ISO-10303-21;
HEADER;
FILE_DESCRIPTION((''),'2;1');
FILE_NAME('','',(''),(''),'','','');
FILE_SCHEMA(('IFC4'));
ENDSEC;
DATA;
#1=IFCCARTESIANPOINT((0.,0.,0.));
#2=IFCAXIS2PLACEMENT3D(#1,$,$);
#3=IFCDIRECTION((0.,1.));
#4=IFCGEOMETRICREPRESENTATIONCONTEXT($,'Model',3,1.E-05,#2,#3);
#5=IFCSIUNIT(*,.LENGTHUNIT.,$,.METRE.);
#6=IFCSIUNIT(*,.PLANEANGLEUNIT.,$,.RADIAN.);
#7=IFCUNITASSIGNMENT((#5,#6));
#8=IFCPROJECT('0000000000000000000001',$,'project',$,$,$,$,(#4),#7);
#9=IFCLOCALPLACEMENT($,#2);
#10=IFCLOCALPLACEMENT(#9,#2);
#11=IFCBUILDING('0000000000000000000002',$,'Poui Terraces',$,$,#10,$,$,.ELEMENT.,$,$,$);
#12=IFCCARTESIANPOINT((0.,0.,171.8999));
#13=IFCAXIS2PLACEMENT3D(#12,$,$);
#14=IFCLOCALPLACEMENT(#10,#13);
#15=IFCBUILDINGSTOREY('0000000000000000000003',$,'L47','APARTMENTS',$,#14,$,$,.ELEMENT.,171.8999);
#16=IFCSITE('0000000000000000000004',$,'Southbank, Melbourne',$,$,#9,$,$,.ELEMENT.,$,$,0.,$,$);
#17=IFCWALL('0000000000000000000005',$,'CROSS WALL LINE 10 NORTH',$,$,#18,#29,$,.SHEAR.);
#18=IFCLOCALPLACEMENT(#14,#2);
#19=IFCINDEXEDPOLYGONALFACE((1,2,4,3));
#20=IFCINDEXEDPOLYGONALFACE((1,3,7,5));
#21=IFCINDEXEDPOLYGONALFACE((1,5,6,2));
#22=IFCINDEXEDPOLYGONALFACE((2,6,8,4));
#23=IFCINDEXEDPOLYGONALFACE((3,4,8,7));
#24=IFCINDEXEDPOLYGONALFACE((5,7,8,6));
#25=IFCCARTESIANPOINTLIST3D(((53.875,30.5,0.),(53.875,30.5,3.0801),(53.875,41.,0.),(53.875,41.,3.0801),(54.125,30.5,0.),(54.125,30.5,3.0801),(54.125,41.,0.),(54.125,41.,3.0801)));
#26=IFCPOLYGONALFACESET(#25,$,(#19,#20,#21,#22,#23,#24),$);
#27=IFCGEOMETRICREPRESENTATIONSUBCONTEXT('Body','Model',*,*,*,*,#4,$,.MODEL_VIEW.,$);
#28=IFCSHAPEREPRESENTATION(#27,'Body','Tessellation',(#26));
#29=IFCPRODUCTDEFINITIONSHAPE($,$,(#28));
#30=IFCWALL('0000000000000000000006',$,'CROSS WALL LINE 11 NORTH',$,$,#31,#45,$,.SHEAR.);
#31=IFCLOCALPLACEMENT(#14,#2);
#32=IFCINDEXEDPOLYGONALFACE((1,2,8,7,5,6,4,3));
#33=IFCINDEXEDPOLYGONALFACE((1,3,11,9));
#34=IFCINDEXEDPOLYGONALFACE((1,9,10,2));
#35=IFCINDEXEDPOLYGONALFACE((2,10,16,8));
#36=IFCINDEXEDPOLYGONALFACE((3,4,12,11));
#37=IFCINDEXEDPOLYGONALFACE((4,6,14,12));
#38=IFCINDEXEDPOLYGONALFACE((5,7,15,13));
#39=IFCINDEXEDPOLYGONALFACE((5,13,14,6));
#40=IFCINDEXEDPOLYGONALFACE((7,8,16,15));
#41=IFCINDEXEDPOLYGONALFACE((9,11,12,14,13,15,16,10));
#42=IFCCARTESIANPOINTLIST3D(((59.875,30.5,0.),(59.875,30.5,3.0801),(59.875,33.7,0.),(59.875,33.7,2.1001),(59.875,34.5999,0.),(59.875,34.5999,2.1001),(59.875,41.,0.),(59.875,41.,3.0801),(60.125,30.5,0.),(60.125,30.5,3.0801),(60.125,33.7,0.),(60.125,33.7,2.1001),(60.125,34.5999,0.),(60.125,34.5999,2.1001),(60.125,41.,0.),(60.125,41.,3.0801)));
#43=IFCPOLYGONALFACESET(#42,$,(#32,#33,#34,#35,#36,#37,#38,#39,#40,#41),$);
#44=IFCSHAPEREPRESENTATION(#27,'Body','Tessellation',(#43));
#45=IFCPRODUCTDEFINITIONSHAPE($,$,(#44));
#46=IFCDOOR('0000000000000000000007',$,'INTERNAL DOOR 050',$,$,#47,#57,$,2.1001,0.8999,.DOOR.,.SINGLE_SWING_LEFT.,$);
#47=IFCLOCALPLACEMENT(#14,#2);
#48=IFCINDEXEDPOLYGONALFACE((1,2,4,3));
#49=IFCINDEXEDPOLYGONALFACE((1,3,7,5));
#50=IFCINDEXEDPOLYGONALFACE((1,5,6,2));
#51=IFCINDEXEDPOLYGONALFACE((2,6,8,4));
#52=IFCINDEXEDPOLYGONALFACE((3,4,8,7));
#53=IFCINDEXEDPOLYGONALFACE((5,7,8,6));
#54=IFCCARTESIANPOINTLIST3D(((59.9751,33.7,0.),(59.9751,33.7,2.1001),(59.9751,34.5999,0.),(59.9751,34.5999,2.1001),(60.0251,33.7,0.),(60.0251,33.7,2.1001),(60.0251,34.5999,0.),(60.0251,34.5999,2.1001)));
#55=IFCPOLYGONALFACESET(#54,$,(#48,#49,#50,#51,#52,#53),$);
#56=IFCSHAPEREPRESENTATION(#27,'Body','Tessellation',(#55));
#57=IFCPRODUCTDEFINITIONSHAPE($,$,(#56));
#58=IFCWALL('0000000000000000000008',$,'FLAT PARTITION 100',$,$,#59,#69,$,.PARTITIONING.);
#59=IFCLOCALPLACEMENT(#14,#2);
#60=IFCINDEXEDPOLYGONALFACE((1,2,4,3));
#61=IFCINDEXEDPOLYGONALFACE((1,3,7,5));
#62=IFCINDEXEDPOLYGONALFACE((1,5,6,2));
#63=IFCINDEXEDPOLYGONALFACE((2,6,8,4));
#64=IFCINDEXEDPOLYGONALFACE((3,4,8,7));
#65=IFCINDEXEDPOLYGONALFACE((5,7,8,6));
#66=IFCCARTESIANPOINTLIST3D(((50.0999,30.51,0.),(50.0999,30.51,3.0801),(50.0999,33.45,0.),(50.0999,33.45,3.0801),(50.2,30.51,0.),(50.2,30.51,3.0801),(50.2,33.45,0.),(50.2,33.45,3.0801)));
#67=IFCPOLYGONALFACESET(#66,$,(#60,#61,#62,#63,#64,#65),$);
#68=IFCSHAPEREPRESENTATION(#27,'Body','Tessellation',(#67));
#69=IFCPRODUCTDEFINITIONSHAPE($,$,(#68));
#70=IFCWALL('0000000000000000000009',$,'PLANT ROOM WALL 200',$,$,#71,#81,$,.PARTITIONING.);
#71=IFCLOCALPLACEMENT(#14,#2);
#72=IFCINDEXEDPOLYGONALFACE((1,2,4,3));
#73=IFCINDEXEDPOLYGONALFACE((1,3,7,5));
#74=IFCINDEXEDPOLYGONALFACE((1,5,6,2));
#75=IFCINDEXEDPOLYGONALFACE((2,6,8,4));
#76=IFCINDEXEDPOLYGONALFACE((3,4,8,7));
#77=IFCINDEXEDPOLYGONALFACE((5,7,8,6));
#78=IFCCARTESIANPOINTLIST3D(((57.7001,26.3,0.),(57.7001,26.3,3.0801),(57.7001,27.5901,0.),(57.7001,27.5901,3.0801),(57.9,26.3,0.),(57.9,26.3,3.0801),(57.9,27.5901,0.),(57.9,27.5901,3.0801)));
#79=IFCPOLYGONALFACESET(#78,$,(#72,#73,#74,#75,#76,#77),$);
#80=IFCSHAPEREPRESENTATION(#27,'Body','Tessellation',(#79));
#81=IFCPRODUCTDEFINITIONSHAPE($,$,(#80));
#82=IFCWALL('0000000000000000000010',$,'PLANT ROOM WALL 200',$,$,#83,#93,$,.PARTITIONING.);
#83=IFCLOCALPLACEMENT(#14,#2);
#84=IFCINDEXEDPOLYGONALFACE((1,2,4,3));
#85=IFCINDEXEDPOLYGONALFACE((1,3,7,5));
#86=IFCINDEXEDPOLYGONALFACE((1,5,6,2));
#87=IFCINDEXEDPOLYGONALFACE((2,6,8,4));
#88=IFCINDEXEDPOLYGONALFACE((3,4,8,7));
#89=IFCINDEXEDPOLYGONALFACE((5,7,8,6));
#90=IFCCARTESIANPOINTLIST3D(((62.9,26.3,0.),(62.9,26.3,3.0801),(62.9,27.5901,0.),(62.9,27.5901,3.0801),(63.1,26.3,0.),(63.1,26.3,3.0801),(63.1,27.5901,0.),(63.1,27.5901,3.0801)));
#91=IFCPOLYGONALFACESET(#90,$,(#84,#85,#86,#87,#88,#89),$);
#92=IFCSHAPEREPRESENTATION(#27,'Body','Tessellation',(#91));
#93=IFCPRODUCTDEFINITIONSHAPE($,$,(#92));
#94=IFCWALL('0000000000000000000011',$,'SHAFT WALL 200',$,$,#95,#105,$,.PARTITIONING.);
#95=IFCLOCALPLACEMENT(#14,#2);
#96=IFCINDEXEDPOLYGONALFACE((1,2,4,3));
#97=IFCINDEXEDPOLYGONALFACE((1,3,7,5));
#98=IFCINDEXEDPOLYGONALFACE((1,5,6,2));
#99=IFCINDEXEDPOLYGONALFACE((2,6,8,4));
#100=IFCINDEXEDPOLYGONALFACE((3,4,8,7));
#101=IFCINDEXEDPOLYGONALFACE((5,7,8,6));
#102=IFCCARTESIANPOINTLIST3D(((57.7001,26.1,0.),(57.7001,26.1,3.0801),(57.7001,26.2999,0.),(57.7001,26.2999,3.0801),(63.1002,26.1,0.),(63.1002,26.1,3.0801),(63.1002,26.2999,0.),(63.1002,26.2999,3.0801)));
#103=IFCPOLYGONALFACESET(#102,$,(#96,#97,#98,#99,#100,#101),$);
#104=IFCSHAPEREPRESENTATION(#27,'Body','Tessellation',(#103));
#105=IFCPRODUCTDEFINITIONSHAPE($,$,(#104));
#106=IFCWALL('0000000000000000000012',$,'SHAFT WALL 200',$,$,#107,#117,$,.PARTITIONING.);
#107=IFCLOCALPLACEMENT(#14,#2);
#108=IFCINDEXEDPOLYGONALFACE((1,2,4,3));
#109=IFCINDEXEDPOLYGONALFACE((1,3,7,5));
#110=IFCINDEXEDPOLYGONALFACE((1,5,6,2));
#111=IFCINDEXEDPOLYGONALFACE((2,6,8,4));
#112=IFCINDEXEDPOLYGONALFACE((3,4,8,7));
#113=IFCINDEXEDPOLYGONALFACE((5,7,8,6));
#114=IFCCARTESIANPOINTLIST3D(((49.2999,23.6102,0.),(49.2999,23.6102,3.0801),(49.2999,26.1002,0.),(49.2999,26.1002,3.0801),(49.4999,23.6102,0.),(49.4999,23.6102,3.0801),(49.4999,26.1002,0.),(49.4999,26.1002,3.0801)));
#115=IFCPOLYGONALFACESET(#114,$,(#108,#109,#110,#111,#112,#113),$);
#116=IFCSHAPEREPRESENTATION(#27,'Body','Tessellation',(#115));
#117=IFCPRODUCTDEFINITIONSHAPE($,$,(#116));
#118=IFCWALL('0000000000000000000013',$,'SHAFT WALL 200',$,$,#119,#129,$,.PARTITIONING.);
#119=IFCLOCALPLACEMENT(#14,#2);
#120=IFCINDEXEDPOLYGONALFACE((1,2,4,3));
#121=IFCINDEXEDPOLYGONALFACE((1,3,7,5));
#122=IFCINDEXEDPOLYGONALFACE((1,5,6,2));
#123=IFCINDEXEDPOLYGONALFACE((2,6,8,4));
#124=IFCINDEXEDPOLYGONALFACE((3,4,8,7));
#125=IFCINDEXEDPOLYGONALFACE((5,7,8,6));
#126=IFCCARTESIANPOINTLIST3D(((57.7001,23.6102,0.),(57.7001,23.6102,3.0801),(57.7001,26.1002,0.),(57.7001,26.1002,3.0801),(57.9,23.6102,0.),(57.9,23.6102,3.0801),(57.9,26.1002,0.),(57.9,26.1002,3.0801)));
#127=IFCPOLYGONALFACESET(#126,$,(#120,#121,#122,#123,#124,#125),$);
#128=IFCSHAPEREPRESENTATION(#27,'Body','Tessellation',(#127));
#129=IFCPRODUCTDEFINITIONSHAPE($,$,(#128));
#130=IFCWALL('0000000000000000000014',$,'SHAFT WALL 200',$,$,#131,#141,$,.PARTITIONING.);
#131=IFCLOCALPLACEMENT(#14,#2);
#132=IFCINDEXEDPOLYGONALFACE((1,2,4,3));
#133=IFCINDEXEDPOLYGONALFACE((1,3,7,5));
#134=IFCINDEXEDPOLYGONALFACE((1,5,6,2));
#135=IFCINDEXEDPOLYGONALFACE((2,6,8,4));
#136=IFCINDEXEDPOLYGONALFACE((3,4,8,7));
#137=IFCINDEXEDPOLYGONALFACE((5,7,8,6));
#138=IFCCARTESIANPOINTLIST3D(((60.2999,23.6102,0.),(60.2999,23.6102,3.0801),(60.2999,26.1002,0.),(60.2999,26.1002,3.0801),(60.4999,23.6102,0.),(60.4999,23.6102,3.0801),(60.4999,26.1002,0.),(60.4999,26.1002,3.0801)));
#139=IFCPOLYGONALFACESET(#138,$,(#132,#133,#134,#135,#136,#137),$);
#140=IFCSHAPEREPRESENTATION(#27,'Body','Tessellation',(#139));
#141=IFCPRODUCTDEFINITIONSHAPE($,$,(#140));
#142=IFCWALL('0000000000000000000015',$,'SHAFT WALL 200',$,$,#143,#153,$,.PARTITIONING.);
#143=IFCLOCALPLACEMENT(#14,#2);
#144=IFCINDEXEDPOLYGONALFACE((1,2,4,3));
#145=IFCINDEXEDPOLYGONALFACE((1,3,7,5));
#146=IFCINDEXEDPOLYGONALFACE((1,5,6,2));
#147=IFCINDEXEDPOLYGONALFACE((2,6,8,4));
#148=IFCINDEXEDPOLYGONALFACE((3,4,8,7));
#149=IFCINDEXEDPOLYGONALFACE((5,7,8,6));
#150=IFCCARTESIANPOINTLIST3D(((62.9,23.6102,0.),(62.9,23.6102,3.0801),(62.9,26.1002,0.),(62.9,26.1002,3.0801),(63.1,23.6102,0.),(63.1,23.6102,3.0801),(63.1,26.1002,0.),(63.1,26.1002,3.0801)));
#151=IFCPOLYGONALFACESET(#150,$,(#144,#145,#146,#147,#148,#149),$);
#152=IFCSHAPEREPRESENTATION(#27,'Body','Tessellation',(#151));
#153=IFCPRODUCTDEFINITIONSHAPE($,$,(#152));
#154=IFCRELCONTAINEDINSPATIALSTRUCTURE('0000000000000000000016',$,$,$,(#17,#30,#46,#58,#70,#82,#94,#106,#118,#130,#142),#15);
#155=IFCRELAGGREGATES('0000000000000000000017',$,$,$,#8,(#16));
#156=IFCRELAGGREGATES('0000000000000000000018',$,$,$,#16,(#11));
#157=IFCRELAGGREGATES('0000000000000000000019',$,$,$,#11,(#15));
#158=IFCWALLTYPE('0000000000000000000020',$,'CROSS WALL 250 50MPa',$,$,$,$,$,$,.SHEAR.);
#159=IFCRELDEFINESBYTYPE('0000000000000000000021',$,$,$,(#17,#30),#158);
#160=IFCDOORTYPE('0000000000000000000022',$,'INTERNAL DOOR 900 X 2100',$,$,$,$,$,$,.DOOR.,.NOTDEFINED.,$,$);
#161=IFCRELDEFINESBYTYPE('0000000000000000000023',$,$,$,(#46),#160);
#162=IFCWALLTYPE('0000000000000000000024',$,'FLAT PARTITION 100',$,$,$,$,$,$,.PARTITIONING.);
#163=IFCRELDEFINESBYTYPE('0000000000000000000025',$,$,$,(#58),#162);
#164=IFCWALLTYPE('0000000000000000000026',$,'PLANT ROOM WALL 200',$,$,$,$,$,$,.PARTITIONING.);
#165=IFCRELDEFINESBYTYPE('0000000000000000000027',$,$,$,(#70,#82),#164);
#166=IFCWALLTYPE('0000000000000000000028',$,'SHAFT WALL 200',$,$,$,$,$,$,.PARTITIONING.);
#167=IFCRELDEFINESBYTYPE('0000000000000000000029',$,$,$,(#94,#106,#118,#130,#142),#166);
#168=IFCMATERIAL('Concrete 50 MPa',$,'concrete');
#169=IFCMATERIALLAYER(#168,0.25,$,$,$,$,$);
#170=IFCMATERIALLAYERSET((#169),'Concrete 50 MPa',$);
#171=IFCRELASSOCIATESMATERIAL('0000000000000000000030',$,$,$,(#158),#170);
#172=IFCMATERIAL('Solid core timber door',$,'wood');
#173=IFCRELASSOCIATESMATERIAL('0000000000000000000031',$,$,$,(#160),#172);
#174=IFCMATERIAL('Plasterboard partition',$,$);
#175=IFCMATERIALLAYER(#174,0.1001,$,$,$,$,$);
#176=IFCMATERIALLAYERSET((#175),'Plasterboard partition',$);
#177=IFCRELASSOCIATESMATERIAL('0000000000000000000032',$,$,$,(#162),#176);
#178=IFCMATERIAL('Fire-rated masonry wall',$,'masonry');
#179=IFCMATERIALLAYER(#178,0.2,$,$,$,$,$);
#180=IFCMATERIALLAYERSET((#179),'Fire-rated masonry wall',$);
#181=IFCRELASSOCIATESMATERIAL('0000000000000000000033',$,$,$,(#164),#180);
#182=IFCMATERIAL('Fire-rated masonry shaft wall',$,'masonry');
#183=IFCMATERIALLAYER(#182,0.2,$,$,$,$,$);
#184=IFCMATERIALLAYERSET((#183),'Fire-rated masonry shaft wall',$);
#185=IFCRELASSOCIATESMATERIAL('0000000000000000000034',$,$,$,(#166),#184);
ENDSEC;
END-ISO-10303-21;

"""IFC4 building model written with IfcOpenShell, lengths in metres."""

from ifc_helpers import new_model, si_unit, direction, frame, frame_2d, origin, place, context, subcontext, project, spatial, rectangle, extrude, material, layer, layer_set, type_object, element, fill, save


model = new_model("IFC4")

# Units and contexts
model_context = context("Model", 3, precision=1e-05, world=origin(), true_north=direction((0.0, 1.0)))
body_context = subcontext(model_context, "Body", "Model", "MODEL_VIEW")
ifc_project = project(units=[si_unit("LENGTHUNIT", "METRE"), si_unit("PLANEANGLEUNIT", "RADIAN")], contexts=[model_context])

# Site, building, storey
site_placement = place(None, origin())
site = spatial("IfcSite", under=ifc_project, at=site_placement, Name="Southbank, Melbourne", CompositionType="ELEMENT", RefElevation=0.0)
building_placement = place(site_placement, origin())
building = spatial("IfcBuilding", under=site, at=building_placement, Name="Poui Terraces", CompositionType="ELEMENT")
storey_placement = place(building_placement, frame((0.0, 0.0, 171.8999)))
storey = spatial("IfcBuildingStorey", under=building, at=storey_placement, Name="L47", Description="APARTMENTS", CompositionType="ELEMENT", Elevation=171.8999)

# Shared definitions
ifc_material_1 = material(Name="Concrete 50 MPa", Category="concrete")

# Shared definitions
ifc_layer_1 = layer(ifc_material_1, 0.25)
ifc_layer_set_1 = layer_set([ifc_layer_1], Name="Concrete 50 MPa")
wall_type_1 = type_object("IfcWallType", Name="CROSS WALL 250 50MPa", PredefinedType="SHEAR", material=ifc_layer_set_1)
ifc_material_2 = material(Name="Solid core timber door", Category="wood")
door_type_1 = type_object("IfcDoorType", Name="INTERNAL DOOR 900 X 2100", OperationType="NOTDEFINED", PredefinedType="DOOR", material=ifc_material_2)

# Wall
wall_1_placement = place(storey_placement, frame((54.0, 30.5, 0.0), z_axis=(0.0, 0.0, 1.0), x_axis=(0.0, 1.0, 0.0)))
element("IfcWall", 1, at=wall_1_placement, inside=storey, type_object=wall_type_1, Name="CROSS WALL LINE 10 NORTH", PredefinedType="SHEAR", context=body_context, shape_type="SweptSolid", body=[
    extrude(rectangle(XDim=10.5, YDim=0.25, at=frame_2d((5.25, 0.0))), origin(), (0.0, 0.0, 1.0), 3.0801),
])

# Wall, opening, door
wall_2_placement = place(storey_placement, frame((60.0, 30.5, 0.0), z_axis=(0.0, 0.0, 1.0), x_axis=(0.0, 1.0, 0.0)))
wall_2 = element("IfcWall", 2, at=wall_2_placement, inside=storey, type_object=wall_type_1, Name="CROSS WALL LINE 11 NORTH", PredefinedType="SHEAR", context=body_context, shape_type="SweptSolid", body=[
    extrude(rectangle(XDim=10.5, YDim=0.25, at=frame_2d((5.25, 0.0))), origin(), (0.0, 0.0, 1.0), 3.0801),
])
opening_1_placement = place(wall_2_placement, frame((3.2, 0.0, 0.0)))
opening_1 = element("IfcOpeningElement", 3, at=opening_1_placement, cuts=wall_2, PredefinedType="OPENING", context=body_context, shape_type="SweptSolid", body=[
    extrude(rectangle(XDim=0.8999, YDim=2.1001, at=frame_2d((0.45, 1.05))), frame((0.0, 0.135, 0.0), z_axis=(0.0, -1.0, 0.0), x_axis=(1.0, 0.0, 0.0)), (0.0, 0.0, 1.0), 0.27),
])
door_1_placement = place(opening_1_placement, origin())
door_1 = element("IfcDoor", 4, at=door_1_placement, inside=storey, type_object=door_type_1, Name="INTERNAL DOOR 050", OperationType="SINGLE_SWING_LEFT", OverallHeight=2.1001, OverallWidth=0.8999, PredefinedType="DOOR", context=body_context, shape_type="SweptSolid", body=[
    extrude(rectangle(XDim=0.8999, YDim=2.1001, at=frame_2d((0.45, 1.05))), frame((0.0, 0.0249, 0.0), z_axis=(0.0, -1.0, 0.0), x_axis=(1.0, 0.0, 0.0)), (0.0, 0.0, 1.0), 0.05),
])
fill(opening_1, door_1)

# Walls
ifc_material_3 = material(Name="Plasterboard partition")
ifc_layer_2 = layer(ifc_material_3, 0.1001)
ifc_layer_set_2 = layer_set([ifc_layer_2], Name="Plasterboard partition")
wall_type_2 = type_object("IfcWallType", Name="FLAT PARTITION 100", PredefinedType="PARTITIONING", material=ifc_layer_set_2)
wall_3_placement = place(storey_placement, frame((50.1499, 30.51, 0.0), z_axis=(0.0, 0.0, 1.0), x_axis=(0.0, 1.0, 0.0)))
element("IfcWall", 5, at=wall_3_placement, inside=storey, type_object=wall_type_2, Name="FLAT PARTITION 100", PredefinedType="PARTITIONING", context=body_context, shape_type="SweptSolid", body=[
    extrude(rectangle(XDim=2.9399, YDim=0.1001, at=frame_2d((1.47, 0.0))), origin(), (0.0, 0.0, 1.0), 3.0801),
])
ifc_material_4 = material(Name="Fire-rated masonry wall", Category="masonry")
ifc_layer_3 = layer(ifc_material_4, 0.2)
ifc_layer_set_3 = layer_set([ifc_layer_3], Name="Fire-rated masonry wall")
wall_type_3 = type_object("IfcWallType", Name="PLANT ROOM WALL 200", PredefinedType="PARTITIONING", material=ifc_layer_set_3)
for number, where, z_axis, x_axis, name in (
    (6, (57.8, 26.3, 0.0), (0.0, 0.0, 1.0), (0.0, 1.0, 0.0), "PLANT ROOM WALL 200"),
    (7, (63.0, 26.3, 0.0), (0.0, 0.0, 1.0), (0.0, 1.0, 0.0), "PLANT ROOM WALL 200"),
):
    element("IfcWall", number, at=place(storey_placement, frame(where, z_axis=z_axis, x_axis=x_axis)), inside=storey, type_object=wall_type_3, Name=name, PredefinedType="PARTITIONING", context=body_context, shape_type="SweptSolid", body=[
        extrude(rectangle(XDim=1.29, YDim=0.2, at=frame_2d((0.645, 0.0))), origin(), (0.0, 0.0, 1.0), 3.0801),
    ])
ifc_material_5 = material(Name="Fire-rated masonry shaft wall", Category="masonry")
ifc_layer_4 = layer(ifc_material_5, 0.2)
ifc_layer_set_4 = layer_set([ifc_layer_4], Name="Fire-rated masonry shaft wall")
wall_type_4 = type_object("IfcWallType", Name="SHAFT WALL 200", PredefinedType="PARTITIONING", material=ifc_layer_set_4)
wall_4_placement = place(storey_placement, frame((57.7, 26.2, 0.0), z_axis=(0.0, 0.0, 1.0), x_axis=(1.0, 0.0, 0.0)))
element("IfcWall", 8, at=wall_4_placement, inside=storey, type_object=wall_type_4, Name="SHAFT WALL 200", PredefinedType="PARTITIONING", context=body_context, shape_type="SweptSolid", body=[
    extrude(rectangle(XDim=5.4001, YDim=0.2, at=frame_2d((2.7002, 0.0))), origin(), (0.0, 0.0, 1.0), 3.0801),
])
for number, where, z_axis, x_axis, name in (
    (9, (49.3999, 23.6101, 0.0), (0.0, 0.0, 1.0), (0.0, 1.0, 0.0), "SHAFT WALL 200"),
    (10, (57.8, 23.6101, 0.0), (0.0, 0.0, 1.0), (0.0, 1.0, 0.0), "SHAFT WALL 200"),
    (11, (60.3999, 23.6101, 0.0), (0.0, 0.0, 1.0), (0.0, 1.0, 0.0), "SHAFT WALL 200"),
    (12, (63.0, 23.6101, 0.0), (0.0, 0.0, 1.0), (0.0, 1.0, 0.0), "SHAFT WALL 200"),
):
    element("IfcWall", number, at=place(storey_placement, frame(where, z_axis=z_axis, x_axis=x_axis)), inside=storey, type_object=wall_type_4, Name=name, PredefinedType="PARTITIONING", context=body_context, shape_type="SweptSolid", body=[
        extrude(rectangle(XDim=2.49, YDim=0.2, at=frame_2d((1.2451, 0.0))), origin(), (0.0, 0.0, 1.0), 3.0801),
    ])

save(model, "model.ifc")
